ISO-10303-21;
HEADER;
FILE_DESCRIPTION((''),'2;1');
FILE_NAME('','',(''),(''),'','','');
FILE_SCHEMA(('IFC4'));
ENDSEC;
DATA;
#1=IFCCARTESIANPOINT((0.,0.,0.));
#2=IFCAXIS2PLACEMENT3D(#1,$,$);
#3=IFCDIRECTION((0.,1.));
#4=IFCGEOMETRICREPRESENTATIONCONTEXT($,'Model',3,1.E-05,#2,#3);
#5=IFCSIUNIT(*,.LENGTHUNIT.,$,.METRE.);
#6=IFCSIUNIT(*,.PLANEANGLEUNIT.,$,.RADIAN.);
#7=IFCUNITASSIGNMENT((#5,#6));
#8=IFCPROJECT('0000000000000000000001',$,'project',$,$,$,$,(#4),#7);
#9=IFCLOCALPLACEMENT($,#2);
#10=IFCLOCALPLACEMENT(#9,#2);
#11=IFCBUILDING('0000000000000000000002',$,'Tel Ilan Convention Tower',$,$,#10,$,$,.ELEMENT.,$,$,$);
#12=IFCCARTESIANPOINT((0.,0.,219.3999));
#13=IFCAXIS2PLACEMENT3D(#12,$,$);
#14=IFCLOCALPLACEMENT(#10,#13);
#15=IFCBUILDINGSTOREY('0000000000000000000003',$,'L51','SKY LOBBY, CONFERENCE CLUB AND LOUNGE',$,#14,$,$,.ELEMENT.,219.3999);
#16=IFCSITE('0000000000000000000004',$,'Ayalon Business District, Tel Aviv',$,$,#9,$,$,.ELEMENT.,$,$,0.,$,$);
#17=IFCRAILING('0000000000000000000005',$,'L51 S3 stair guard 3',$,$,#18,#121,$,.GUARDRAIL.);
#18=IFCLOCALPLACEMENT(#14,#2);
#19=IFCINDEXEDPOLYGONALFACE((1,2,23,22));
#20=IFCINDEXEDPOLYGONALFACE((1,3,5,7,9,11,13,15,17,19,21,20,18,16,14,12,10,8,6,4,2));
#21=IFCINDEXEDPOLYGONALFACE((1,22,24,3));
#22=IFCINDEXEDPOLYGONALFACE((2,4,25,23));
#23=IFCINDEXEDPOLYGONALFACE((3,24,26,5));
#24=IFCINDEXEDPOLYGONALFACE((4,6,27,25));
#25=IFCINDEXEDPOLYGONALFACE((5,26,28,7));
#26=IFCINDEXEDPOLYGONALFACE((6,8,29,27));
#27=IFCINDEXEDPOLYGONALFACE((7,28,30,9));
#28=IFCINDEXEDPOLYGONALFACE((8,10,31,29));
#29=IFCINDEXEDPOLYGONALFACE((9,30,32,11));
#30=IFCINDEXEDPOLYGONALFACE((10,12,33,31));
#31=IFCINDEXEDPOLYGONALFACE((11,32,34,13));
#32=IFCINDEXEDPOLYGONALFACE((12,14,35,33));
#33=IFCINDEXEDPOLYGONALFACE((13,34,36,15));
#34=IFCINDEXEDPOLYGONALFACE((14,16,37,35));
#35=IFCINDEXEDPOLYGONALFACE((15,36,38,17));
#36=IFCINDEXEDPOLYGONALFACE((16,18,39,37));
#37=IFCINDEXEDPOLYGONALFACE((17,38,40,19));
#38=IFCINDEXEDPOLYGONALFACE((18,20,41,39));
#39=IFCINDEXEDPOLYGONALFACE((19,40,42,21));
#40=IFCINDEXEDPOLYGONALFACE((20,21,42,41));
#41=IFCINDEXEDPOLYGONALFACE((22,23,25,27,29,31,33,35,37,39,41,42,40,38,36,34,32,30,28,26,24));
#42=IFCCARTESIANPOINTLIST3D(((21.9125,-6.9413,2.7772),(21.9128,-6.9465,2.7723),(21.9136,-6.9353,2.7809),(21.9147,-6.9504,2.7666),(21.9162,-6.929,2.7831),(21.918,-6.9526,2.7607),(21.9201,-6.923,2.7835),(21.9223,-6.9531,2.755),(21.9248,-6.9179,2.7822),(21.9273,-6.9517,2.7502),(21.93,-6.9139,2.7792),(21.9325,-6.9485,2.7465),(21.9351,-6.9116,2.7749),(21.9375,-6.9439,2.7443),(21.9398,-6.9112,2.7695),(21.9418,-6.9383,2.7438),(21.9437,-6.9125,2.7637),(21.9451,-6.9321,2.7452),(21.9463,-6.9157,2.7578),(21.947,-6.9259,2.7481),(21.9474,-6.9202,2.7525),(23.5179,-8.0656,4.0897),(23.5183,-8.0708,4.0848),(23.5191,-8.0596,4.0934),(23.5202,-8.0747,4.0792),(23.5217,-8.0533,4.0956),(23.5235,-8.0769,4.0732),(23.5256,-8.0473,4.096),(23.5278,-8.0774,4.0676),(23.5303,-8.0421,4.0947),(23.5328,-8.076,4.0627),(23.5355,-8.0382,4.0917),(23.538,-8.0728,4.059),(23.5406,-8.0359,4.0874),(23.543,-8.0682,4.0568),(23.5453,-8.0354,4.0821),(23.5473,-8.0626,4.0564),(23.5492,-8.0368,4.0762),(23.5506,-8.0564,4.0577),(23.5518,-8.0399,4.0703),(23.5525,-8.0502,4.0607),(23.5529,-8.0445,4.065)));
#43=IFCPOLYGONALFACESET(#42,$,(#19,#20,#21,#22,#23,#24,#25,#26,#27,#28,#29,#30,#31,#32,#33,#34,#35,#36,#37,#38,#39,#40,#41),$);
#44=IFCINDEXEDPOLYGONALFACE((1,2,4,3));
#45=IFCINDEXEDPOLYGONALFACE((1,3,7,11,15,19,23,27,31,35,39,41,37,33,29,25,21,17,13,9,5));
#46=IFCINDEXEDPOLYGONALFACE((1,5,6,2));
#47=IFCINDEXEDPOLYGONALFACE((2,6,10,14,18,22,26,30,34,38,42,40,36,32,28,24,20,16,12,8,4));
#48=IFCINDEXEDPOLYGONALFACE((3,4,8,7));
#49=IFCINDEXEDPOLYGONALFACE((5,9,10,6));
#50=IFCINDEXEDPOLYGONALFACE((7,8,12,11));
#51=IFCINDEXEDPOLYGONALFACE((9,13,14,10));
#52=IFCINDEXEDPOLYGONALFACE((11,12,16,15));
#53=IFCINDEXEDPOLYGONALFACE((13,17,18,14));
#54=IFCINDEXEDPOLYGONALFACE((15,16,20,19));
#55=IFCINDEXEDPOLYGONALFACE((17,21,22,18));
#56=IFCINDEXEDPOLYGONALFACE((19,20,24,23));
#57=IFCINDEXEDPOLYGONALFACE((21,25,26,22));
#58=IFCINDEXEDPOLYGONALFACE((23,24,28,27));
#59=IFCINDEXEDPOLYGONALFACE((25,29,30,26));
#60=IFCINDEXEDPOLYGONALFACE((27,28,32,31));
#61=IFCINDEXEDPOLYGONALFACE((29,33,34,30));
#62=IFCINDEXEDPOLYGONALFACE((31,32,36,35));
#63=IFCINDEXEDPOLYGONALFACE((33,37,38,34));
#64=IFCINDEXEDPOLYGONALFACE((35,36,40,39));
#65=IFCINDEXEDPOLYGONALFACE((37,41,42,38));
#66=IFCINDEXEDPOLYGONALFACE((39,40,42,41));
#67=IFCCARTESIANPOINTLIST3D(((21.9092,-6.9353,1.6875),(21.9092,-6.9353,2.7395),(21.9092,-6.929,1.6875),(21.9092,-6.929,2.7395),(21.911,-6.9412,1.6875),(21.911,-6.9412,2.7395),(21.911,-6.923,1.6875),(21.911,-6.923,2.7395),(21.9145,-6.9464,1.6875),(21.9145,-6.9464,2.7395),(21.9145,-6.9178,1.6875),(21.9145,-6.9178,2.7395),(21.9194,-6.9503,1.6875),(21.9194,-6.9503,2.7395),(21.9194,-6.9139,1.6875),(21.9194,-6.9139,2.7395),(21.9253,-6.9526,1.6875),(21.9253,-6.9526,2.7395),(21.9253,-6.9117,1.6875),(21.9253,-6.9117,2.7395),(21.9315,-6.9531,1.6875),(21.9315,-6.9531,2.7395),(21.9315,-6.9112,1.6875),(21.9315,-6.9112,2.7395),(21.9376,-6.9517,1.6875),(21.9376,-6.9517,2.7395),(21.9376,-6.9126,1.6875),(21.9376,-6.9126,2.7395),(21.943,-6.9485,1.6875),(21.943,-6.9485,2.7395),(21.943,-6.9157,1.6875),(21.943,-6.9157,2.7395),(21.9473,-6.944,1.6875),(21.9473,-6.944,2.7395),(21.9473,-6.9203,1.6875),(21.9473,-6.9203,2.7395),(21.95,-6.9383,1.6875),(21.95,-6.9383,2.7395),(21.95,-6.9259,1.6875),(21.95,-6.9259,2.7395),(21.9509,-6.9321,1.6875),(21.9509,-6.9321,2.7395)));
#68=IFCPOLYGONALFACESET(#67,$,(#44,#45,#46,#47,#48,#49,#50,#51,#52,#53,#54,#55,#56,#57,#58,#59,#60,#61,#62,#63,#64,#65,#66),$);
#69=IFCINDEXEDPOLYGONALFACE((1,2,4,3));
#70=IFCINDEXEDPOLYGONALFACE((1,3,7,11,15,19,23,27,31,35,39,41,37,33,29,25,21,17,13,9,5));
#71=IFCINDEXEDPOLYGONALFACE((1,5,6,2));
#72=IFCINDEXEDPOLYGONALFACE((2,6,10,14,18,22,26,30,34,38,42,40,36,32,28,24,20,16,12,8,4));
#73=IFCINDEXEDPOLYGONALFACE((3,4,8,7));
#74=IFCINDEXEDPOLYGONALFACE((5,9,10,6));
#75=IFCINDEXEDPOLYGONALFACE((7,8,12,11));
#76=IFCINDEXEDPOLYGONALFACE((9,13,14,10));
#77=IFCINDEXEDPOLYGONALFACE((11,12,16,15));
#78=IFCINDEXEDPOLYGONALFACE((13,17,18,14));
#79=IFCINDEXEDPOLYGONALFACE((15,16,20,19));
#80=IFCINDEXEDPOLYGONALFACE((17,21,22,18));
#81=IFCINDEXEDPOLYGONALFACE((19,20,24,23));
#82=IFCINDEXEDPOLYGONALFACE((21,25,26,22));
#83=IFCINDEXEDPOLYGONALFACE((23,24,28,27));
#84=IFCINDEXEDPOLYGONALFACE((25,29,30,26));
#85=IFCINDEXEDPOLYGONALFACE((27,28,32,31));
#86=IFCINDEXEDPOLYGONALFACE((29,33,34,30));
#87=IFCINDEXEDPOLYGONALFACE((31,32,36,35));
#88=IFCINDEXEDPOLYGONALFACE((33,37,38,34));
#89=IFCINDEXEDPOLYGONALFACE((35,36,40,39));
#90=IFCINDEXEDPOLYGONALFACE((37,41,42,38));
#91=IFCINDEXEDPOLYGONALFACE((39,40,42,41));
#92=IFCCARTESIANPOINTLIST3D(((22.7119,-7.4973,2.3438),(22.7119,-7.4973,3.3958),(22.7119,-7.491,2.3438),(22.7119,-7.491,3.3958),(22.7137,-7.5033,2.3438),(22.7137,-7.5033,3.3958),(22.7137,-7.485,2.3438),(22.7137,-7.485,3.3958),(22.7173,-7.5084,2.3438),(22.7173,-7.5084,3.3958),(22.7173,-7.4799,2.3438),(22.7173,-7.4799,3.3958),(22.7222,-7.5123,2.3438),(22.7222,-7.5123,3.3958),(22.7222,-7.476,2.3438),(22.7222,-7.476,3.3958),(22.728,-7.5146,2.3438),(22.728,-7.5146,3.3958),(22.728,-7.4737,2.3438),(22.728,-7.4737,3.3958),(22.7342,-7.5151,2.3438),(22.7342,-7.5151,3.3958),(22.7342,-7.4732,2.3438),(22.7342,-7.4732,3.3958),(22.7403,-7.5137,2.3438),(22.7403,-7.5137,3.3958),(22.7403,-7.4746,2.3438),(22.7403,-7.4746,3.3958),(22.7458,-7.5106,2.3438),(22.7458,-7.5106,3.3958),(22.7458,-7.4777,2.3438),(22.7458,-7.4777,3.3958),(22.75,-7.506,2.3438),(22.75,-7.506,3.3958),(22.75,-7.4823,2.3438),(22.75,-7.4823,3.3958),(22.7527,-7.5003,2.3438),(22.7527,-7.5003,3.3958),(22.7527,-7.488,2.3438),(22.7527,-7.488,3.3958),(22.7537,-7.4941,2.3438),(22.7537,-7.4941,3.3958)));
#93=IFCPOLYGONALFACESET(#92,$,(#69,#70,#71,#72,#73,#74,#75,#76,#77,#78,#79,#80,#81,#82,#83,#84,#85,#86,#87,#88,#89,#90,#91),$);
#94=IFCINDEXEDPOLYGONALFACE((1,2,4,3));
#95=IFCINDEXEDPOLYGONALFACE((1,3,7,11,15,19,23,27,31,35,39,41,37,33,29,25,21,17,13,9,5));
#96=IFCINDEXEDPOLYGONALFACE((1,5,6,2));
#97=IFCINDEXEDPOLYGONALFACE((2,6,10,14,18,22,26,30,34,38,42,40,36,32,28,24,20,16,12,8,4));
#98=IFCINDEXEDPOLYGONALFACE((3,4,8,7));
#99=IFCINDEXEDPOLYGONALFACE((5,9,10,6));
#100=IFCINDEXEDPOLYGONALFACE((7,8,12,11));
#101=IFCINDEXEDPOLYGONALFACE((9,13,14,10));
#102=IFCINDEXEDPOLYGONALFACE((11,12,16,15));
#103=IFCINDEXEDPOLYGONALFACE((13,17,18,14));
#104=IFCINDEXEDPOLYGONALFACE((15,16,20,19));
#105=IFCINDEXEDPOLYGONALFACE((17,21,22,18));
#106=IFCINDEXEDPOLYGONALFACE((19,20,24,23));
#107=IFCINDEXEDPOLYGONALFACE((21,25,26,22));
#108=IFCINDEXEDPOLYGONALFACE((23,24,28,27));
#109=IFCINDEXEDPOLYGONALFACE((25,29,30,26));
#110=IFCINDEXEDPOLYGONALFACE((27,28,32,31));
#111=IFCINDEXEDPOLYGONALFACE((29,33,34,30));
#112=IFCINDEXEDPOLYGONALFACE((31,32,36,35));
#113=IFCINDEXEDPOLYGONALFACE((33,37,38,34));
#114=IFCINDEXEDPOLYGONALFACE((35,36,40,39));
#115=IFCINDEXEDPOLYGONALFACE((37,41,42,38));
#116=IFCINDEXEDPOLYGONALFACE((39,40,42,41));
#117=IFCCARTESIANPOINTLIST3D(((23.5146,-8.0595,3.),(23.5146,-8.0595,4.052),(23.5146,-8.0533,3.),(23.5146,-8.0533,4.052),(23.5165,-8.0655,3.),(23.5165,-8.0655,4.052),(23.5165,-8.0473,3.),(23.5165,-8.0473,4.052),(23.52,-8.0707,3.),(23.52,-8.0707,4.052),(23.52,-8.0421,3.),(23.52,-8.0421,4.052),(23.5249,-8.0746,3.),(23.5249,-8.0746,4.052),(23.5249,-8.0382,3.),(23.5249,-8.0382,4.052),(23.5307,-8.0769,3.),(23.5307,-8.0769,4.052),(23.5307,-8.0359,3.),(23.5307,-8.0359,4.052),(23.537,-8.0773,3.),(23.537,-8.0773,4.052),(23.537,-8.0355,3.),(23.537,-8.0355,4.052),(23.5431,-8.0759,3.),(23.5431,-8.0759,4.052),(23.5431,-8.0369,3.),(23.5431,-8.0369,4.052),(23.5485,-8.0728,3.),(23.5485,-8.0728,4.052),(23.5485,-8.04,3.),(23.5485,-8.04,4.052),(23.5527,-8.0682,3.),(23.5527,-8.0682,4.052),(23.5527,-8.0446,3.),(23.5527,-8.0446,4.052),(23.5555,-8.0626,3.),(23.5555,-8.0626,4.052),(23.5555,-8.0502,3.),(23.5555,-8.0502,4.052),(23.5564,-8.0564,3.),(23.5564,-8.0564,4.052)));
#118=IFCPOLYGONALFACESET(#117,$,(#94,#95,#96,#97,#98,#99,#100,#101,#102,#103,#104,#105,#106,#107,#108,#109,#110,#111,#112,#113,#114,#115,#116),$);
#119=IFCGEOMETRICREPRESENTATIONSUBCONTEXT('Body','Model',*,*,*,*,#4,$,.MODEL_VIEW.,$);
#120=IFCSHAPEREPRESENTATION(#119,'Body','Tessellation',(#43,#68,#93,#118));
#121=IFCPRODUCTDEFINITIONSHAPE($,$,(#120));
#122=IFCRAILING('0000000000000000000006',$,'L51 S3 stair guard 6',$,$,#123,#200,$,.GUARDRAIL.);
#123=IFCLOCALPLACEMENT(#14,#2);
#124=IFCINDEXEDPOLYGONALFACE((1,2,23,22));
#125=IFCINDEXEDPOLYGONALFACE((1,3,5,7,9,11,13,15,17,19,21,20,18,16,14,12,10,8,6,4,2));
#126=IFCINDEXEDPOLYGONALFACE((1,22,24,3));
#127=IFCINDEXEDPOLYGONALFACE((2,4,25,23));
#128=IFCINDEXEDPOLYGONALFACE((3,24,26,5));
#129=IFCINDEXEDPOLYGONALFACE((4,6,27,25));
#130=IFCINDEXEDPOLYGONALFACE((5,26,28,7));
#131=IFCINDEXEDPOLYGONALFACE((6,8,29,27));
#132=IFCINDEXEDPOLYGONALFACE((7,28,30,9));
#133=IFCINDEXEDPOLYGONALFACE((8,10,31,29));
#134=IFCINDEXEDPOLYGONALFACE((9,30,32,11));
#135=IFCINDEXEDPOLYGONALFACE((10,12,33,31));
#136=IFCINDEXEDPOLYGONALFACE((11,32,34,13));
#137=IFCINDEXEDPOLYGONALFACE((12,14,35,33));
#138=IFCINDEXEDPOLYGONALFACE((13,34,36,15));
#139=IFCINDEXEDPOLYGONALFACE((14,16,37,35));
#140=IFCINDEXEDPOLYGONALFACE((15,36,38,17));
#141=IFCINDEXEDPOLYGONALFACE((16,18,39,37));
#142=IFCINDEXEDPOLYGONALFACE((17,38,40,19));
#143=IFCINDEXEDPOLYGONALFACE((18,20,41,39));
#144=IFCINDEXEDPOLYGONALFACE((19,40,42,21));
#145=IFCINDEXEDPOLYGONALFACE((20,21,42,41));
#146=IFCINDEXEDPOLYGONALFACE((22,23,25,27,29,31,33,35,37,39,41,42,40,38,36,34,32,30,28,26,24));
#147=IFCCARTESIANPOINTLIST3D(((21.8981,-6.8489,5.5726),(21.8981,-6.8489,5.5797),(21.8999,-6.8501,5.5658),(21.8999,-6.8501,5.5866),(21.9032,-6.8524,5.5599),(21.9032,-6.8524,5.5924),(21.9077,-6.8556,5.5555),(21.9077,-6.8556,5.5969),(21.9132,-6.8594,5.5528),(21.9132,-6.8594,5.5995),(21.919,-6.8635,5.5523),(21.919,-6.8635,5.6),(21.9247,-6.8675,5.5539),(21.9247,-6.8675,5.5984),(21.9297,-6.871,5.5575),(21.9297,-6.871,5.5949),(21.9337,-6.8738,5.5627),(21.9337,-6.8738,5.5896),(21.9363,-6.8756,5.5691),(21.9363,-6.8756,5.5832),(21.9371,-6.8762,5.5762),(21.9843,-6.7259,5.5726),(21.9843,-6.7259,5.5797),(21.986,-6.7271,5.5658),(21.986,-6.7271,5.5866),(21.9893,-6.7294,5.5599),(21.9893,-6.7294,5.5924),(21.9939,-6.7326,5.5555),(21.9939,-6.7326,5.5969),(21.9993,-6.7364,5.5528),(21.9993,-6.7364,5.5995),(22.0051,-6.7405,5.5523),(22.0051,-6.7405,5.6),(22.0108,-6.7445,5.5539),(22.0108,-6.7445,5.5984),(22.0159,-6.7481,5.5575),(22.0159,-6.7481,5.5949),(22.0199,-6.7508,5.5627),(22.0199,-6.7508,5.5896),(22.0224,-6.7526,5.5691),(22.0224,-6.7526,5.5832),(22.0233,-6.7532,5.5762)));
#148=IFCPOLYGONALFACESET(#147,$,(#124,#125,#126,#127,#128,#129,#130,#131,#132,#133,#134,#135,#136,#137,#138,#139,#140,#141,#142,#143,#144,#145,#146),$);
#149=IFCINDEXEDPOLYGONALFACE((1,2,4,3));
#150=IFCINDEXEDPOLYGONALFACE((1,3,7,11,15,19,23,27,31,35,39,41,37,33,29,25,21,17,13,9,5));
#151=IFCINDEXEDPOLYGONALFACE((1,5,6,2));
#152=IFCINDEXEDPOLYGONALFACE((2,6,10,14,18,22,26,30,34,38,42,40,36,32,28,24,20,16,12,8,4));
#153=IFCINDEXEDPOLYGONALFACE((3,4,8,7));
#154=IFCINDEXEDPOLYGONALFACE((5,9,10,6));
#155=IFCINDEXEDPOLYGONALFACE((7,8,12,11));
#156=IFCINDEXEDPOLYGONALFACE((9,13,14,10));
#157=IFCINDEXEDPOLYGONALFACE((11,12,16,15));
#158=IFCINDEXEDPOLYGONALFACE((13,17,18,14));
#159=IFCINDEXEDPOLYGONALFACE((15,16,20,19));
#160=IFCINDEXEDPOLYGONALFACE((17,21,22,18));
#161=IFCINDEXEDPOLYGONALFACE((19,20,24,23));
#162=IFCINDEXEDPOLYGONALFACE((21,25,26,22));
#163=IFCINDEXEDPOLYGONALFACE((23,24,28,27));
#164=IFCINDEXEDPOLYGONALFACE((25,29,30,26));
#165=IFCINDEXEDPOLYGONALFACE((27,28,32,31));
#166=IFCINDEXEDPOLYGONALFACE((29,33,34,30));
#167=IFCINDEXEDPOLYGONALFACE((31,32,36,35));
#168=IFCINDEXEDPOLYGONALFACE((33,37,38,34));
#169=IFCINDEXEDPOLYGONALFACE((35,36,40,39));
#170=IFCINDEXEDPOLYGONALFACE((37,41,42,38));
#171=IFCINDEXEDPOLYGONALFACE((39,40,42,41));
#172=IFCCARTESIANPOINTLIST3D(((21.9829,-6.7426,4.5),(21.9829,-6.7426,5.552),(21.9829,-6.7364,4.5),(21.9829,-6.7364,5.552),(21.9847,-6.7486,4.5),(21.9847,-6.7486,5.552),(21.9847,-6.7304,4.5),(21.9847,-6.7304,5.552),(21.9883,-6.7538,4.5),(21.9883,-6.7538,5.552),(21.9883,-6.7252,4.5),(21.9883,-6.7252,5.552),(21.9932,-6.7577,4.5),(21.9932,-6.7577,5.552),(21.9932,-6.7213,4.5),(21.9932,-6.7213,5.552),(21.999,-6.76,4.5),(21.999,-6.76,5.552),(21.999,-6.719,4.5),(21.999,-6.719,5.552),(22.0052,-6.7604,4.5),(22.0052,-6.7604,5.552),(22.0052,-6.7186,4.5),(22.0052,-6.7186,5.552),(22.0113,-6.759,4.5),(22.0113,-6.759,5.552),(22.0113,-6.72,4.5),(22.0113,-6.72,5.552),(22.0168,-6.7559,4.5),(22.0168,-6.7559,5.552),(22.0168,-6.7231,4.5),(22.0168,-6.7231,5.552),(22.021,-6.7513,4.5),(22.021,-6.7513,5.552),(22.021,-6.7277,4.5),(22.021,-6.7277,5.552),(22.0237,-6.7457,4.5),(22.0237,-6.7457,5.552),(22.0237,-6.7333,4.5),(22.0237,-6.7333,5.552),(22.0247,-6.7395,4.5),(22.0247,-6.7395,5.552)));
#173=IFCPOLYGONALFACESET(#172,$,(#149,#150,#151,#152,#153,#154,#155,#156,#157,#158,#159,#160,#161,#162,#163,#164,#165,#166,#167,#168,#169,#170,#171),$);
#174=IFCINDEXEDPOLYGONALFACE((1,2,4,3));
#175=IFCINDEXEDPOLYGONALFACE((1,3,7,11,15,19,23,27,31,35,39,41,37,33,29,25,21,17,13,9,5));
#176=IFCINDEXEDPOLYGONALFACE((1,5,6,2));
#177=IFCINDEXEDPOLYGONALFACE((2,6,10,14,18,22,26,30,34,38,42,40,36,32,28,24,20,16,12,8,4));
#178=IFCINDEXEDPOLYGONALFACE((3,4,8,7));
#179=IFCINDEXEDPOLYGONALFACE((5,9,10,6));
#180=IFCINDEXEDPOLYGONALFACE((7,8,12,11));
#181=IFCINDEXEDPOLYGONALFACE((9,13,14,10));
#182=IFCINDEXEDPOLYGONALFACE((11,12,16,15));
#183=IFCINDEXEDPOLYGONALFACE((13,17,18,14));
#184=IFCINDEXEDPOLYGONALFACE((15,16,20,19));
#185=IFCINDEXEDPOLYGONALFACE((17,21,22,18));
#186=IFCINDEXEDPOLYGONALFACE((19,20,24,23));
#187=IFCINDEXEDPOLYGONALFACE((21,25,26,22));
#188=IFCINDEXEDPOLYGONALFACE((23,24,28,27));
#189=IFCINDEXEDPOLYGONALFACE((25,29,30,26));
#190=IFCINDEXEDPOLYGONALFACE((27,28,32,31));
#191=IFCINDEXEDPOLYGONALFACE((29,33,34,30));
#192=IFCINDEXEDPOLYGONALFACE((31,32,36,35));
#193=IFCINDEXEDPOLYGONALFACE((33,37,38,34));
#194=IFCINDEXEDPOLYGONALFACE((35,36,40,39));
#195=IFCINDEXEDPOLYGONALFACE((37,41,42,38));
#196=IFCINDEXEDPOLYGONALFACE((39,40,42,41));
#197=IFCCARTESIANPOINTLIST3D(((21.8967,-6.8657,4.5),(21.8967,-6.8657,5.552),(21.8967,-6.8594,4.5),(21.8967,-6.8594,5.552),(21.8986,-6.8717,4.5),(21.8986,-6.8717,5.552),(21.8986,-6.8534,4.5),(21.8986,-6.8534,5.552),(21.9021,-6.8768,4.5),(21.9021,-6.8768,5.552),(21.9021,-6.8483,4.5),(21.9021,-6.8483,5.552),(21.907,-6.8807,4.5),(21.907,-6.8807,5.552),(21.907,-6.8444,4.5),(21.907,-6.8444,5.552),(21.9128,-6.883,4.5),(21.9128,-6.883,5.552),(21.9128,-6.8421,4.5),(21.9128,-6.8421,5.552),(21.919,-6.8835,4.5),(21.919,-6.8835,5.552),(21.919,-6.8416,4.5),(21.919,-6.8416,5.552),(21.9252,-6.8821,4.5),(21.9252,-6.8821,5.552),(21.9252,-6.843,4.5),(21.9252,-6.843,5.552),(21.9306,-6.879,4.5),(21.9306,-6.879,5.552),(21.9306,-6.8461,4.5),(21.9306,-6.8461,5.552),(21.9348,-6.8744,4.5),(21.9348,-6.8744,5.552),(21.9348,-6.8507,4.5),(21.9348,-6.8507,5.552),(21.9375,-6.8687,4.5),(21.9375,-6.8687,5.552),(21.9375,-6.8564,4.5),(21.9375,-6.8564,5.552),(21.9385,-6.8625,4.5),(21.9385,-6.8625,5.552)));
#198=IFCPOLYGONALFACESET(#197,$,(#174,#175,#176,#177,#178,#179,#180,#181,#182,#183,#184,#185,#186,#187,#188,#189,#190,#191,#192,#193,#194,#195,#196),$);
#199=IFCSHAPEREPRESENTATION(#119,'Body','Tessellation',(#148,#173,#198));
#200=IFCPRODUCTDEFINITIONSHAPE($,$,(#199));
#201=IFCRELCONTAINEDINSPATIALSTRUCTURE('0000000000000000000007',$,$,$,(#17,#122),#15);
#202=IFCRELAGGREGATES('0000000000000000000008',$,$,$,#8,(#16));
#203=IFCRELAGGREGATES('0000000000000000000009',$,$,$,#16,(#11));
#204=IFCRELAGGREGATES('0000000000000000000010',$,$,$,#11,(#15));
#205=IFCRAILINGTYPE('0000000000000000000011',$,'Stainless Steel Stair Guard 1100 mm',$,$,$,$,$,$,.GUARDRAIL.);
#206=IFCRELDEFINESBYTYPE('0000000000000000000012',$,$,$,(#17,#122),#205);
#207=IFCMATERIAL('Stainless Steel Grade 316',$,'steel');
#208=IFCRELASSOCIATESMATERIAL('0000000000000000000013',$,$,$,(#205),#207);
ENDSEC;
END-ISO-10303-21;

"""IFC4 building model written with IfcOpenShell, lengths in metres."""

from ifc_helpers import new_model, si_unit, direction, frame, origin, origin_2d, place, context, subcontext, project, spatial, circle, extrude, material, type_object, element, save


model = new_model("IFC4")

# Units and contexts
model_context = context("Model", 3, precision=1e-05, world=origin(), true_north=direction((0.0, 1.0)))
body_context = subcontext(model_context, "Body", "Model", "MODEL_VIEW")
ifc_project = project(units=[si_unit("LENGTHUNIT", "METRE"), si_unit("PLANEANGLEUNIT", "RADIAN")], contexts=[model_context])

# Site, building, storey
site_placement = place(None, origin())
site = spatial("IfcSite", under=ifc_project, at=site_placement, Name="Ayalon Business District, Tel Aviv", CompositionType="ELEMENT", RefElevation=0.0)
building_placement = place(site_placement, origin())
building = spatial("IfcBuilding", under=site, at=building_placement, Name="Tel Ilan Convention Tower", CompositionType="ELEMENT")
storey_placement = place(building_placement, frame((0.0, 0.0, 219.3999)))
storey = spatial("IfcBuildingStorey", under=building, at=storey_placement, Name="L51", Description="SKY LOBBY, CONFERENCE CLUB AND LOUNGE", CompositionType="ELEMENT", Elevation=219.3999)

# Railings
ifc_material_1 = material(Name="Stainless Steel Grade 316", Category="steel")
railing_type_1 = type_object("IfcRailingType", Name="Stainless Steel Stair Guard 1100 mm", PredefinedType="GUARDRAIL", material=ifc_material_1)
railing_1_placement = place(storey_placement, frame((21.9299, -6.9321, 1.6875)))
element("IfcRailing", 1, at=railing_1_placement, inside=storey, type_object=railing_type_1, Name="L51 S3 stair guard 3", PredefinedType="GUARDRAIL", context=body_context, shape_type="SweptSolid", body=[
    extrude(circle(Radius=0.0239, at=origin_2d()), frame((0.0, 0.0, 1.0762), z_axis=(0.680616, -0.476617, 0.556416), x_axis=(0.573613, 0.819127, 0.0)), (0.0, 0.0, 1.0), 2.3589),
    extrude(circle(Radius=0.021, at=origin_2d()), origin(), (0.0, 0.0, 1.0), 1.052),
    extrude(circle(Radius=0.021, at=origin_2d()), frame((0.8027, -0.562, 0.6562)), (0.0, 0.0, 1.0), 1.052),
    extrude(circle(Radius=0.021, at=origin_2d()), frame((1.6055, -1.1243, 1.3125)), (0.0, 0.0, 1.0), 1.052),
])
railing_2_placement = place(storey_placement, frame((22.0037, -6.7395, 4.5)))
element("IfcRailing", 2, at=railing_2_placement, inside=storey, type_object=railing_type_1, Name="L51 S3 stair guard 6", PredefinedType="GUARDRAIL", context=body_context, shape_type="SweptSolid", body=[
    extrude(circle(Radius=0.0239, at=origin_2d()), frame((0.0, 0.0, 1.0762), z_axis=(-0.57368, -0.819079, 0.0), x_axis=(0.819079, -0.57368, 0.0)), (0.0, 0.0, 1.0), 0.1501),
    extrude(circle(Radius=0.021, at=origin_2d()), origin(), (0.0, 0.0, 1.0), 1.052),
    extrude(circle(Radius=0.021, at=origin_2d()), frame((-0.0862, -0.123, 0.0)), (0.0, 0.0, 1.0), 1.052),
])

save(model, "model.ifc")
